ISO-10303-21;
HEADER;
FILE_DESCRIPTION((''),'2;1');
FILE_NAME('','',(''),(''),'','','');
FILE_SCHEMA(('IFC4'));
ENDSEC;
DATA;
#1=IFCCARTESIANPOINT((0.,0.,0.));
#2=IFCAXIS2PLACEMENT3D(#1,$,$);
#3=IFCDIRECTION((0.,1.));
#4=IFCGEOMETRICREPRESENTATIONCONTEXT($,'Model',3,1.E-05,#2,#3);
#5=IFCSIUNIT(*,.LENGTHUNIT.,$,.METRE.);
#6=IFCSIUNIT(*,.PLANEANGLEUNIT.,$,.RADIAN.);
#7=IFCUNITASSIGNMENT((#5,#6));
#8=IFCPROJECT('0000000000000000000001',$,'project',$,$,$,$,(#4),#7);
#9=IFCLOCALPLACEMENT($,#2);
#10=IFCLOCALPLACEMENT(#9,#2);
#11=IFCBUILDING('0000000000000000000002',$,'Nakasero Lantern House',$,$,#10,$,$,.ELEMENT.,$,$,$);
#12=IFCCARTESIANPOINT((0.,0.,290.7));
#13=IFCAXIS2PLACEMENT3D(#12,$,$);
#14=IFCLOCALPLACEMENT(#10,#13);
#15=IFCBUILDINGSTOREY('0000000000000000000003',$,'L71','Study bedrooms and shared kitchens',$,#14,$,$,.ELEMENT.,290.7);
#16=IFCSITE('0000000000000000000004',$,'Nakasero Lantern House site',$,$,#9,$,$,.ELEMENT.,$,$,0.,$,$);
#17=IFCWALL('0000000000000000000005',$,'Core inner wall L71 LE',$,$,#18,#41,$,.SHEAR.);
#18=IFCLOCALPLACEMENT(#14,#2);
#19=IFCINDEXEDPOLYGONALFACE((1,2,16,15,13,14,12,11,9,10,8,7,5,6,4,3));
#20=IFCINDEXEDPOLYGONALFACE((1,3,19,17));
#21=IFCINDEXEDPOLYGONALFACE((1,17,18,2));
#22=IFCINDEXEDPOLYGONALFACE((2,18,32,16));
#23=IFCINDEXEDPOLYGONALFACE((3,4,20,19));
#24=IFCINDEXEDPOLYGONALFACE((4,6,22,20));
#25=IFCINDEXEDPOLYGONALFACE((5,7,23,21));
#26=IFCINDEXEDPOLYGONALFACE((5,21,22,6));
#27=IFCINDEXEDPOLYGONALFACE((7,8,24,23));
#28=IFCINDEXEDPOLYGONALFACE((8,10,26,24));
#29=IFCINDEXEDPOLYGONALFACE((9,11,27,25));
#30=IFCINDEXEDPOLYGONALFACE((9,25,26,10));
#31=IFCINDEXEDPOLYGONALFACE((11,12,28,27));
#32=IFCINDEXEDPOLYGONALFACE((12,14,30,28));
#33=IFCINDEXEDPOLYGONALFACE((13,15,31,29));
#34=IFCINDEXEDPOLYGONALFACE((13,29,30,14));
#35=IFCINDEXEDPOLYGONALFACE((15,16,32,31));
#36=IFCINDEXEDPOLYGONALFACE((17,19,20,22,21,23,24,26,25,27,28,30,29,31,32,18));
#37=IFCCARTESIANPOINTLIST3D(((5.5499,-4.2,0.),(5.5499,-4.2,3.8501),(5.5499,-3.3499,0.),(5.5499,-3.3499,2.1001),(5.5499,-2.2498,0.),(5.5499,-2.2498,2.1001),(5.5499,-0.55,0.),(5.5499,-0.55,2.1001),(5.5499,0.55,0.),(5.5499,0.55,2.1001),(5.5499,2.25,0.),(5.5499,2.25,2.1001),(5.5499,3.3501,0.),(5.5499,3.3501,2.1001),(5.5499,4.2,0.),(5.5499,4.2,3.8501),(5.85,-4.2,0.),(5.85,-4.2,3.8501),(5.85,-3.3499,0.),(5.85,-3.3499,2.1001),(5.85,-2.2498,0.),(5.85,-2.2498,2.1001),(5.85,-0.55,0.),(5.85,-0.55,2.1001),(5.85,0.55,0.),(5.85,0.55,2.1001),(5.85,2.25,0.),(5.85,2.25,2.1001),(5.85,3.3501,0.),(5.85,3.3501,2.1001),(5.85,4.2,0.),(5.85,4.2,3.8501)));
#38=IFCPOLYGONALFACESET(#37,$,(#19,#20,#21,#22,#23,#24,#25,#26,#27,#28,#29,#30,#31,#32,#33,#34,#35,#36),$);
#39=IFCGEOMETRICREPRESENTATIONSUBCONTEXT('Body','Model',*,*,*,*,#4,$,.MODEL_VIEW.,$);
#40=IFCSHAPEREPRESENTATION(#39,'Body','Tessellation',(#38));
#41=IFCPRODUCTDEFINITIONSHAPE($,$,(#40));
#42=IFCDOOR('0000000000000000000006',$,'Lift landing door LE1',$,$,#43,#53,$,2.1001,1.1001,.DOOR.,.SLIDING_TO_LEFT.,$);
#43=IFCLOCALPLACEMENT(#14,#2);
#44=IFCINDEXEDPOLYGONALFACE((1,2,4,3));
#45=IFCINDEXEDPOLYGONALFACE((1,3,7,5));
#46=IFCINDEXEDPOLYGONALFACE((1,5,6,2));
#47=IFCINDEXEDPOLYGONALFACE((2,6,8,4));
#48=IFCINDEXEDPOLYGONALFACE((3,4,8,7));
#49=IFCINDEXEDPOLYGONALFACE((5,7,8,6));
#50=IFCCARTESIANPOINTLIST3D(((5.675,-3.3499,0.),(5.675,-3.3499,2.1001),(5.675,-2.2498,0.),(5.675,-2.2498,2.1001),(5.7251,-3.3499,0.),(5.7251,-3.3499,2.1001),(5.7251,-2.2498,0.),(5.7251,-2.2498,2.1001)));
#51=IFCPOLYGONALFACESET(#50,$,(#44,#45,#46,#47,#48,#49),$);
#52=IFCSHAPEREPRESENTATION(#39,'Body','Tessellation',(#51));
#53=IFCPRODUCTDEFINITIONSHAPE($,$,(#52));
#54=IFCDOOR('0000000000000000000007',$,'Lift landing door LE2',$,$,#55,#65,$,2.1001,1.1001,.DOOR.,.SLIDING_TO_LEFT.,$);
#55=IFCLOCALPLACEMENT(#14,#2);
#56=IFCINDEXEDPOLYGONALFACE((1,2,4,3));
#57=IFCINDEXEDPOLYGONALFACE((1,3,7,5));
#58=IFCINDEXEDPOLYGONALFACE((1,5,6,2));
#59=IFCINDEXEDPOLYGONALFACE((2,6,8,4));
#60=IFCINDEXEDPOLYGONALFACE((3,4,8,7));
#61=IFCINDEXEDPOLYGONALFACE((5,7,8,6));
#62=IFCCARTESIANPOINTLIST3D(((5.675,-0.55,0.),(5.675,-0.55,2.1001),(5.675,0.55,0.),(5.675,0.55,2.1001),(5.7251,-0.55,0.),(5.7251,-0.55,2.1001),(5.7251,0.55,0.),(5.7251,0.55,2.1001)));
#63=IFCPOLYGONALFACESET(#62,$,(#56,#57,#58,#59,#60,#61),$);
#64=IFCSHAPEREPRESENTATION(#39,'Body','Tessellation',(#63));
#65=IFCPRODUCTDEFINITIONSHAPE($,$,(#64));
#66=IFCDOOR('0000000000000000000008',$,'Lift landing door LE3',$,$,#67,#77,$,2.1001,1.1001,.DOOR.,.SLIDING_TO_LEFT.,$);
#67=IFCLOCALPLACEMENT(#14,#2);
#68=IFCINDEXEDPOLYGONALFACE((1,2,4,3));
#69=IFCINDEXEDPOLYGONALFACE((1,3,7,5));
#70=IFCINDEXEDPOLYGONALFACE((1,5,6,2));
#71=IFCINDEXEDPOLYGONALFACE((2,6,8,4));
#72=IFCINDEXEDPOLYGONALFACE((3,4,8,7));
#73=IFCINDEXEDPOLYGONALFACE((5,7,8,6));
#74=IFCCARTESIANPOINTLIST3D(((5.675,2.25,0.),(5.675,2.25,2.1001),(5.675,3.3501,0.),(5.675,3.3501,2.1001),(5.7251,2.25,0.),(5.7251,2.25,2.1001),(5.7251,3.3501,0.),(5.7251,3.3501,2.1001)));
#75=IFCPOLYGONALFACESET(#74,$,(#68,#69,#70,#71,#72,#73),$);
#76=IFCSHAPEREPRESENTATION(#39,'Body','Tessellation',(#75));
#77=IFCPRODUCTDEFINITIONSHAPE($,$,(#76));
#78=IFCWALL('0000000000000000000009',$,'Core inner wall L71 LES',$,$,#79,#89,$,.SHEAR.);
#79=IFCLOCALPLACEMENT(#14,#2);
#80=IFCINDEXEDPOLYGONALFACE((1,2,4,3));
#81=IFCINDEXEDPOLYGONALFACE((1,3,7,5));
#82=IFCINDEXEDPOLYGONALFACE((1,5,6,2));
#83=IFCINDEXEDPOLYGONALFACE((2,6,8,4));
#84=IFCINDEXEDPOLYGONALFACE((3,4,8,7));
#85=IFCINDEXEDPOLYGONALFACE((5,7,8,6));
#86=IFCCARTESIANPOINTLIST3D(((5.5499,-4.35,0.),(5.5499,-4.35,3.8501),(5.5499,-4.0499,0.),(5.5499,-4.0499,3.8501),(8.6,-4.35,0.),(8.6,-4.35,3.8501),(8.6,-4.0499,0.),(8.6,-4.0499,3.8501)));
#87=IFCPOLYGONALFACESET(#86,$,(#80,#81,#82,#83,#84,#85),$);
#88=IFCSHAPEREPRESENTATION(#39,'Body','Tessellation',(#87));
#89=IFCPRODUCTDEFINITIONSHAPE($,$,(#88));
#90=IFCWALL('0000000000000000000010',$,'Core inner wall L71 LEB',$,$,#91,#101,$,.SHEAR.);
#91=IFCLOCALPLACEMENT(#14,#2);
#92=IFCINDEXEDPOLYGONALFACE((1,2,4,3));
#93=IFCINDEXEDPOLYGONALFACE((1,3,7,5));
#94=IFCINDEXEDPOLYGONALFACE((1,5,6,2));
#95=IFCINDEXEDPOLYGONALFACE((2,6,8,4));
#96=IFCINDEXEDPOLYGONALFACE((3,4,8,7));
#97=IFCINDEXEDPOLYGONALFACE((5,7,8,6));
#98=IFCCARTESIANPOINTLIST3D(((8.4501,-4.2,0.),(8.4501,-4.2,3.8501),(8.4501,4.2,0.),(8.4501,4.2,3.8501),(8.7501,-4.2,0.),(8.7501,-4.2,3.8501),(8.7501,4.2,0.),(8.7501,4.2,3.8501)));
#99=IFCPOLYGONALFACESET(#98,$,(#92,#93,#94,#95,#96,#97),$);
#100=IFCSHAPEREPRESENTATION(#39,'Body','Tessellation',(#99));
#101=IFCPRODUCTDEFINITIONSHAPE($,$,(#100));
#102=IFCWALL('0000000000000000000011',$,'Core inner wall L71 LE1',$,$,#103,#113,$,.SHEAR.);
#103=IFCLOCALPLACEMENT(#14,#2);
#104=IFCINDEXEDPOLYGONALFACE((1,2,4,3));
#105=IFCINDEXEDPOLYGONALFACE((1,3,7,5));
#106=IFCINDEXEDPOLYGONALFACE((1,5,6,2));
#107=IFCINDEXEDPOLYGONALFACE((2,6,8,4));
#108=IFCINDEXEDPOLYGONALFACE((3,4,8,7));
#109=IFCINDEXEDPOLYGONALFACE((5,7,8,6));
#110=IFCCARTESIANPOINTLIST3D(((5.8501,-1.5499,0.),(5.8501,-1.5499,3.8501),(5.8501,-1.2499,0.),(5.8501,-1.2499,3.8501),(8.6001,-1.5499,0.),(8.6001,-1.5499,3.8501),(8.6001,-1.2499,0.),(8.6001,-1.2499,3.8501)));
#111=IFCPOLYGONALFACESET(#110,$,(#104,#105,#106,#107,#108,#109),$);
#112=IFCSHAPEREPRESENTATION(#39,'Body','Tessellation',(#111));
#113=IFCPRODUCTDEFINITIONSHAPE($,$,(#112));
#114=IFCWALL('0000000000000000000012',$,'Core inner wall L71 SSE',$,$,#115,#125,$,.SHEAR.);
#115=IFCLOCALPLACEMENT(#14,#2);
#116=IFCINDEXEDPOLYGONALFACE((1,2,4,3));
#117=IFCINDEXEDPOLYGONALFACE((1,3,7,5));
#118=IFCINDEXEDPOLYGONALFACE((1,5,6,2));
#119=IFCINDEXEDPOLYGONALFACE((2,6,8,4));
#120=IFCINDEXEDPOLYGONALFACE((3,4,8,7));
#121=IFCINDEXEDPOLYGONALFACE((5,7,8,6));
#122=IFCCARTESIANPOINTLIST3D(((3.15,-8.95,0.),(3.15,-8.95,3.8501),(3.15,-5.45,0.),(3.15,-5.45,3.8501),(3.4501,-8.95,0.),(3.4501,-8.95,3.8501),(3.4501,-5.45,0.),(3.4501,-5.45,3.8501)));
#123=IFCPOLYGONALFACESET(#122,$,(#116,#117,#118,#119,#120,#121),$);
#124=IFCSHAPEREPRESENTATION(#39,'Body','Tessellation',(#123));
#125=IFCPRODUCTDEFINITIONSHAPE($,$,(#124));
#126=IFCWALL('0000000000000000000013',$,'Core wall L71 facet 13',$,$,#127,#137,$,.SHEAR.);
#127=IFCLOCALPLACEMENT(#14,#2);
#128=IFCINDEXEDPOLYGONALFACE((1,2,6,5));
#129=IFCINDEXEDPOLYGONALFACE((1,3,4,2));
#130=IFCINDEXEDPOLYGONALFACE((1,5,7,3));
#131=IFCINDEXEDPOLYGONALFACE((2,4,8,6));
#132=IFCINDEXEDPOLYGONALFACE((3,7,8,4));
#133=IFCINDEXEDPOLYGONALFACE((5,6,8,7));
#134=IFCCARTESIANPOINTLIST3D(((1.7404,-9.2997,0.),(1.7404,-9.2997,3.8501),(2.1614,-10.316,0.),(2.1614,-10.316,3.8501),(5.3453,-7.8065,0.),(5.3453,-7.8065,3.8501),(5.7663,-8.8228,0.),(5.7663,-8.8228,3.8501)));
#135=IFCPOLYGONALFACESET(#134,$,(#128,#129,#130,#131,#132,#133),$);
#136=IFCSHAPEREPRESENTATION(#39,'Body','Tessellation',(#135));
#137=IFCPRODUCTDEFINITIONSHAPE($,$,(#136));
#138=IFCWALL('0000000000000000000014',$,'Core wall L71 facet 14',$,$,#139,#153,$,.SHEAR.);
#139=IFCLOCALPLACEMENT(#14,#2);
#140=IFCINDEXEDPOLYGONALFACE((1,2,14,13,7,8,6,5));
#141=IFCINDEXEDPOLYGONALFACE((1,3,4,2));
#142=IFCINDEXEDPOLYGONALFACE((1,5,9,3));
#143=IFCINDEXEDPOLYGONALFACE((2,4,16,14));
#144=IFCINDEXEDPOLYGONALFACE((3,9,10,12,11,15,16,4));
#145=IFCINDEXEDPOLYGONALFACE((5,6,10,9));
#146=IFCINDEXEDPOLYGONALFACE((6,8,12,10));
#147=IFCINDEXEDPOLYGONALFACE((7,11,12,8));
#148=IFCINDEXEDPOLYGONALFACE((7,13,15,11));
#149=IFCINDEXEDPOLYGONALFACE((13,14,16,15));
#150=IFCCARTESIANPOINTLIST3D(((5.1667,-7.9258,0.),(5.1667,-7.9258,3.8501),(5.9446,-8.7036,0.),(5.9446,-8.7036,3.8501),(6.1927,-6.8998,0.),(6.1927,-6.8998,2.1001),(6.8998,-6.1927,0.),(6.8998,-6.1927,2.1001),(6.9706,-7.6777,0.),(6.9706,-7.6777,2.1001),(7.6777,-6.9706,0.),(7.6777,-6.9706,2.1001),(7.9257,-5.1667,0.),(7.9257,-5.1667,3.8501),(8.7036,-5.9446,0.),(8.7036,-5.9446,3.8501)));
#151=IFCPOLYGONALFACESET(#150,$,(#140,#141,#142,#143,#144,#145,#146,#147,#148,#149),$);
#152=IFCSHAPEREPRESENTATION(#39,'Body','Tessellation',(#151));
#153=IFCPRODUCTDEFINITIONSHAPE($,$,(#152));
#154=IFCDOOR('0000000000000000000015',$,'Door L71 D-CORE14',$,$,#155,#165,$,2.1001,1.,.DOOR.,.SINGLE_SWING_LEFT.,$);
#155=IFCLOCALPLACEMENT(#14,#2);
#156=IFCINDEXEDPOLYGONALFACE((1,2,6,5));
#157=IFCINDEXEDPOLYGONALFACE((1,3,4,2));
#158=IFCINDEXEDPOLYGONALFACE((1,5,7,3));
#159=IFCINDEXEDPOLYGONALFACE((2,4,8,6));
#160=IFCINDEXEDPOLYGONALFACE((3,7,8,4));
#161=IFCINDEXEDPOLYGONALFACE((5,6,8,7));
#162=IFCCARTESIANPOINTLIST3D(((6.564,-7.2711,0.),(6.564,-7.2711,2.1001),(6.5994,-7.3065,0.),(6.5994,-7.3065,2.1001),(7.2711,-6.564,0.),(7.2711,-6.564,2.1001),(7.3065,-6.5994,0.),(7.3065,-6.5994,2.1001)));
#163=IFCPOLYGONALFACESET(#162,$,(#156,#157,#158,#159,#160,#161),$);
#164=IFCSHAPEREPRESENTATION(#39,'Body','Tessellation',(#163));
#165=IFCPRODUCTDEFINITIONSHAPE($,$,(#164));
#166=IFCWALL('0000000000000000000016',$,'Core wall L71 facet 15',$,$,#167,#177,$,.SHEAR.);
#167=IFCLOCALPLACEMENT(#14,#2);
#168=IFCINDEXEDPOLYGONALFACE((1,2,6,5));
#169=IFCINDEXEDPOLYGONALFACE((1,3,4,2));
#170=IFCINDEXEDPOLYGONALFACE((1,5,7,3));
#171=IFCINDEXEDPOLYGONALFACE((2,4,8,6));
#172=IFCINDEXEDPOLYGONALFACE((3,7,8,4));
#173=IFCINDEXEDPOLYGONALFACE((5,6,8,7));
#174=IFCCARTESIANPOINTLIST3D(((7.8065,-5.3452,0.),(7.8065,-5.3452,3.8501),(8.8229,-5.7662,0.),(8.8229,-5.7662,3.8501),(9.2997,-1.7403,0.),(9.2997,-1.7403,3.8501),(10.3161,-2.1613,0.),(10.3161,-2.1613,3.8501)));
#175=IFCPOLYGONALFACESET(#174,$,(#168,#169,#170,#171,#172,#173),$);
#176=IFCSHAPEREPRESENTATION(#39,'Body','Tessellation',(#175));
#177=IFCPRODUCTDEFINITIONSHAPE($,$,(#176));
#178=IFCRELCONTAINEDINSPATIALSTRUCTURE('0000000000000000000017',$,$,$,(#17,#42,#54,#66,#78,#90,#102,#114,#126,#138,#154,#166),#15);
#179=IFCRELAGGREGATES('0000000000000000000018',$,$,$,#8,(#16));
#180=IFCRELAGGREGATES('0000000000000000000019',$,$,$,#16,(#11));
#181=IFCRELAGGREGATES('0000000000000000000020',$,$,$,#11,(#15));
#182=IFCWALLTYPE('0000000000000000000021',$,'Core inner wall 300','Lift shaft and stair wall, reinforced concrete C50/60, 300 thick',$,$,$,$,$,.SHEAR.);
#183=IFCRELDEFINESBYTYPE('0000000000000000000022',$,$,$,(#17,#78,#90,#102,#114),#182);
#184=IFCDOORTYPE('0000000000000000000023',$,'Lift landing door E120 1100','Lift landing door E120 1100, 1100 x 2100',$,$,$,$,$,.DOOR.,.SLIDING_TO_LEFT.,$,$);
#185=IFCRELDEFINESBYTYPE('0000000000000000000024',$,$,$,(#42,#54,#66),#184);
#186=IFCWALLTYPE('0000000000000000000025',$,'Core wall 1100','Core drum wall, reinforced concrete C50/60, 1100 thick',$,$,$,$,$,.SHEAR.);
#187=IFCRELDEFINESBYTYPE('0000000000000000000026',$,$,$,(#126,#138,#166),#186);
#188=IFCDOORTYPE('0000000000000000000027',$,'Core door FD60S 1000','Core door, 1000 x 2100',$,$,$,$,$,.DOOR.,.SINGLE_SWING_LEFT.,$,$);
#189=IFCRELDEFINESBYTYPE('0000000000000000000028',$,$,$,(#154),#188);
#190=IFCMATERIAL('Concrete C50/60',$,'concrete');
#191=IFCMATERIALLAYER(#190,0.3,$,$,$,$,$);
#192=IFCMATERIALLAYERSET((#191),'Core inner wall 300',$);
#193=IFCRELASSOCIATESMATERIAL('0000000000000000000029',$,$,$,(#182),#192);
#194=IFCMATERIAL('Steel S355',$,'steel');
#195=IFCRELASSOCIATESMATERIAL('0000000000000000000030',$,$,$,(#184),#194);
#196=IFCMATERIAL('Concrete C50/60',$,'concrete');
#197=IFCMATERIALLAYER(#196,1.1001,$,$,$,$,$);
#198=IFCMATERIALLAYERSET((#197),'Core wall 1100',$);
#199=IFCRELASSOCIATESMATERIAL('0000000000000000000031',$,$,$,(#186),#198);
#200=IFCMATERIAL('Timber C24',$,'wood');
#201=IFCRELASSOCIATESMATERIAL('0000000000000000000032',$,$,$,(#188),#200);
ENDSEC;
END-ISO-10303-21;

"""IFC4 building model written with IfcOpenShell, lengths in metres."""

from ifc_helpers import new_model, si_unit, direction, frame, frame_2d, origin, place, context, subcontext, project, spatial, rectangle, extrude, material, layer, layer_set, type_object, element, fill, save


model = new_model("IFC4")

# Units and contexts
model_context = context("Model", 3, precision=1e-05, world=origin(), true_north=direction((0.0, 1.0)))
body_context = subcontext(model_context, "Body", "Model", "MODEL_VIEW")
ifc_project = project(units=[si_unit("LENGTHUNIT", "METRE"), si_unit("PLANEANGLEUNIT", "RADIAN")], contexts=[model_context])

# Site, building, storey
site_placement = place(None, origin())
site = spatial("IfcSite", under=ifc_project, at=site_placement, Name="Nakasero Lantern House site", CompositionType="ELEMENT", RefElevation=0.0)
building_placement = place(site_placement, origin())
building = spatial("IfcBuilding", under=site, at=building_placement, Name="Nakasero Lantern House", CompositionType="ELEMENT")
storey_placement = place(building_placement, frame((0.0, 0.0, 290.7)))
storey = spatial("IfcBuildingStorey", under=building, at=storey_placement, Name="L71", Description="Study bedrooms and shared kitchens", CompositionType="ELEMENT", Elevation=290.7)

# Wall, openings, doors
ifc_material_1 = material(Name="Concrete C50/60", Category="concrete")
ifc_layer_1 = layer(ifc_material_1, 0.3)
ifc_layer_set_1 = layer_set([ifc_layer_1], Name="Core inner wall 300")
wall_type_1 = type_object("IfcWallType", Name="Core inner wall 300", Description="Lift shaft and stair wall, reinforced concrete C50/60, 300 thick", PredefinedType="SHEAR", material=ifc_layer_set_1)
wall_1_placement = place(storey_placement, frame((5.7, -4.2, 0.0), z_axis=(0.0, 0.0, 1.0), x_axis=(0.0, 1.0, 0.0)))
wall_1 = element("IfcWall", 1, at=wall_1_placement, inside=storey, type_object=wall_type_1, Name="Core inner wall L71 LE", PredefinedType="SHEAR", context=body_context, shape_type="SweptSolid", body=[
    extrude(rectangle(XDim=8.3999, YDim=0.3, at=frame_2d((4.2, 0.0))), origin(), (0.0, 0.0, 1.0), 3.8501),
])
opening_1_placement = place(wall_1_placement, frame((0.8501, 0.0, 0.0)))
opening_1 = element("IfcOpeningElement", 2, at=opening_1_placement, cuts=wall_1, PredefinedType="OPENING", context=body_context, shape_type="SweptSolid", body=[
    extrude(rectangle(XDim=1.1001, YDim=2.1001, at=frame_2d((0.55, 1.05))), frame((0.0, 0.1699, 0.0), z_axis=(0.0, -1.0, 0.0), x_axis=(1.0, 0.0, 0.0)), (0.0, 0.0, 1.0), 0.3401),
])
opening_2_placement = place(wall_1_placement, frame((3.6499, 0.0, 0.0)))
opening_2 = element("IfcOpeningElement", 3, at=opening_2_placement, cuts=wall_1, PredefinedType="OPENING", context=body_context, shape_type="SweptSolid", body=[
    extrude(rectangle(XDim=1.1001, YDim=2.1001, at=frame_2d((0.55, 1.05))), frame((0.0, 0.1699, 0.0), z_axis=(0.0, -1.0, 0.0), x_axis=(1.0, 0.0, 0.0)), (0.0, 0.0, 1.0), 0.3401),
])
opening_3_placement = place(wall_1_placement, frame((6.45, 0.0, 0.0)))
opening_3 = element("IfcOpeningElement", 4, at=opening_3_placement, cuts=wall_1, PredefinedType="OPENING", context=body_context, shape_type="SweptSolid", body=[
    extrude(rectangle(XDim=1.1001, YDim=2.1001, at=frame_2d((0.55, 1.05))), frame((0.0, 0.1699, 0.0), z_axis=(0.0, -1.0, 0.0), x_axis=(1.0, 0.0, 0.0)), (0.0, 0.0, 1.0), 0.3401),
])
ifc_material_2 = material(Name="Steel S355", Category="steel")
door_type_1 = type_object("IfcDoorType", Name="Lift landing door E120 1100", Description="Lift landing door E120 1100, 1100 x 2100", OperationType="SLIDING_TO_LEFT", PredefinedType="DOOR", material=ifc_material_2)
door_1_placement = place(opening_1_placement, origin())
door_1 = element("IfcDoor", 5, at=door_1_placement, inside=storey, type_object=door_type_1, Name="Lift landing door LE1", OperationType="SLIDING_TO_LEFT", OverallHeight=2.1001, OverallWidth=1.1001, PredefinedType="DOOR", context=body_context, shape_type="SweptSolid", body=[
    extrude(rectangle(XDim=1.1001, YDim=2.1001, at=frame_2d((0.55, 1.05))), frame((0.0, 0.0249, 0.0), z_axis=(0.0, -1.0, 0.0), x_axis=(1.0, 0.0, 0.0)), (0.0, 0.0, 1.0), 0.05),
])
fill(opening_1, door_1)
door_2_placement = place(opening_2_placement, origin())
door_2 = element("IfcDoor", 6, at=door_2_placement, inside=storey, type_object=door_type_1, Name="Lift landing door LE2", OperationType="SLIDING_TO_LEFT", OverallHeight=2.1001, OverallWidth=1.1001, PredefinedType="DOOR", context=body_context, shape_type="SweptSolid", body=[
    extrude(rectangle(XDim=1.1001, YDim=2.1001, at=frame_2d((0.55, 1.05))), frame((0.0, 0.0249, 0.0), z_axis=(0.0, -1.0, 0.0), x_axis=(1.0, 0.0, 0.0)), (0.0, 0.0, 1.0), 0.05),
])
fill(opening_2, door_2)
door_3_placement = place(opening_3_placement, origin())
door_3 = element("IfcDoor", 7, at=door_3_placement, inside=storey, type_object=door_type_1, Name="Lift landing door LE3", OperationType="SLIDING_TO_LEFT", OverallHeight=2.1001, OverallWidth=1.1001, PredefinedType="DOOR", context=body_context, shape_type="SweptSolid", body=[
    extrude(rectangle(XDim=1.1001, YDim=2.1001, at=frame_2d((0.55, 1.05))), frame((0.0, 0.0249, 0.0), z_axis=(0.0, -1.0, 0.0), x_axis=(1.0, 0.0, 0.0)), (0.0, 0.0, 1.0), 0.05),
])
fill(opening_3, door_3)

# Walls
wall_2_placement = place(storey_placement, frame((5.55, -4.2, 0.0), z_axis=(0.0, 0.0, 1.0), x_axis=(1.0, 0.0, 0.0)))
element("IfcWall", 8, at=wall_2_placement, inside=storey, type_object=wall_type_1, Name="Core inner wall L71 LES", PredefinedType="SHEAR", context=body_context, shape_type="SweptSolid", body=[
    extrude(rectangle(XDim=3.05, YDim=0.3, at=frame_2d((1.5249, 0.0))), origin(), (0.0, 0.0, 1.0), 3.8501),
])
wall_3_placement = place(storey_placement, frame((8.6001, -4.2, 0.0), z_axis=(0.0, 0.0, 1.0), x_axis=(0.0, 1.0, 0.0)))
element("IfcWall", 9, at=wall_3_placement, inside=storey, type_object=wall_type_1, Name="Core inner wall L71 LEB", PredefinedType="SHEAR", context=body_context, shape_type="SweptSolid", body=[
    extrude(rectangle(XDim=8.3999, YDim=0.3, at=frame_2d((4.2, 0.0))), origin(), (0.0, 0.0, 1.0), 3.8501),
])
wall_4_placement = place(storey_placement, frame((5.8501, -1.3999, 0.0), z_axis=(0.0, 0.0, 1.0), x_axis=(1.0, 0.0, 0.0)))
element("IfcWall", 10, at=wall_4_placement, inside=storey, type_object=wall_type_1, Name="Core inner wall L71 LE1", PredefinedType="SHEAR", context=body_context, shape_type="SweptSolid", body=[
    extrude(rectangle(XDim=2.75, YDim=0.3, at=frame_2d((1.375, 0.0))), origin(), (0.0, 0.0, 1.0), 3.8501),
])
wall_5_placement = place(storey_placement, frame((3.3, -5.45, 0.0), z_axis=(0.0, 0.0, 1.0), x_axis=(0.0, -1.0, 0.0)))
element("IfcWall", 11, at=wall_5_placement, inside=storey, type_object=wall_type_1, Name="Core inner wall L71 SSE", PredefinedType="SHEAR", context=body_context, shape_type="SweptSolid", body=[
    extrude(rectangle(XDim=3.5, YDim=0.3, at=frame_2d((1.75, 0.0))), origin(), (0.0, 0.0, 1.0), 3.8501),
])
ifc_material_3 = material(Name="Concrete C50/60", Category="concrete")
ifc_layer_2 = layer(ifc_material_3, 1.1001)
ifc_layer_set_2 = layer_set([ifc_layer_2], Name="Core wall 1100")
wall_type_2 = type_object("IfcWallType", Name="Core wall 1100", Description="Core drum wall, reinforced concrete C50/60, 1100 thick", PredefinedType="SHEAR", material=ifc_layer_set_2)
wall_6_placement = place(storey_placement, frame((1.9509, -9.8079, 0.0), z_axis=(0.0, 0.0, 1.0), x_axis=(0.923877, 0.382691, 0.0)))
element("IfcWall", 12, at=wall_6_placement, inside=storey, type_object=wall_type_2, Name="Core wall L71 facet 13", PredefinedType="SHEAR", context=body_context, shape_type="SweptSolid", body=[
    extrude(rectangle(XDim=3.9019, YDim=1.1001, at=frame_2d((1.9509, 0.0))), origin(), (0.0, 0.0, 1.0), 3.8501),
])

# Wall, opening, door
wall_7_placement = place(storey_placement, frame((5.5557, -8.3147, 0.0), z_axis=(0.0, 0.0, 1.0), x_axis=(0.707107, 0.707107, 0.0)))
wall_7 = element("IfcWall", 13, at=wall_7_placement, inside=storey, type_object=wall_type_2, Name="Core wall L71 facet 14", PredefinedType="SHEAR", context=body_context, shape_type="SweptSolid", body=[
    extrude(rectangle(XDim=3.9019, YDim=1.1001, at=frame_2d((1.9509, 0.0))), origin(), (0.0, 0.0, 1.0), 3.8501),
])
opening_4_placement = place(wall_7_placement, frame((1.4509, 0.0, 0.0)))
opening_4 = element("IfcOpeningElement", 14, at=opening_4_placement, cuts=wall_7, PredefinedType="OPENING", context=body_context, shape_type="SweptSolid", body=[
    extrude(rectangle(XDim=1.0, YDim=2.1001, at=frame_2d((0.5, 1.05))), frame((0.0, 0.5701, 0.0), z_axis=(0.0, -1.0, 0.0), x_axis=(1.0, 0.0, 0.0)), (0.0, 0.0, 1.0), 1.1401),
])
ifc_material_4 = material(Name="Timber C24", Category="wood")
door_type_2 = type_object("IfcDoorType", Name="Core door FD60S 1000", Description="Core door, 1000 x 2100", OperationType="SINGLE_SWING_LEFT", PredefinedType="DOOR", material=ifc_material_4)
door_4_placement = place(opening_4_placement, origin())
door_4 = element("IfcDoor", 15, at=door_4_placement, inside=storey, type_object=door_type_2, Name="Door L71 D-CORE14", OperationType="SINGLE_SWING_LEFT", OverallHeight=2.1001, OverallWidth=1.0, PredefinedType="DOOR", context=body_context, shape_type="SweptSolid", body=[
    extrude(rectangle(XDim=1.0, YDim=2.1001, at=frame_2d((0.5, 1.05))), frame((0.0, 0.0249, 0.0), z_axis=(0.0, -1.0, 0.0), x_axis=(1.0, 0.0, 0.0)), (0.0, 0.0, 1.0), 0.05),
])
fill(opening_4, door_4)

# Wall
wall_8_placement = place(storey_placement, frame((8.3147, -5.5557, 0.0), z_axis=(0.0, 0.0, 1.0), x_axis=(0.382691, 0.923877, 0.0)))
element("IfcWall", 16, at=wall_8_placement, inside=storey, type_object=wall_type_2, Name="Core wall L71 facet 15", PredefinedType="SHEAR", context=body_context, shape_type="SweptSolid", body=[
    extrude(rectangle(XDim=3.9019, YDim=1.1001, at=frame_2d((1.9509, 0.0))), origin(), (0.0, 0.0, 1.0), 3.8501),
])

save(model, "model.ifc")
